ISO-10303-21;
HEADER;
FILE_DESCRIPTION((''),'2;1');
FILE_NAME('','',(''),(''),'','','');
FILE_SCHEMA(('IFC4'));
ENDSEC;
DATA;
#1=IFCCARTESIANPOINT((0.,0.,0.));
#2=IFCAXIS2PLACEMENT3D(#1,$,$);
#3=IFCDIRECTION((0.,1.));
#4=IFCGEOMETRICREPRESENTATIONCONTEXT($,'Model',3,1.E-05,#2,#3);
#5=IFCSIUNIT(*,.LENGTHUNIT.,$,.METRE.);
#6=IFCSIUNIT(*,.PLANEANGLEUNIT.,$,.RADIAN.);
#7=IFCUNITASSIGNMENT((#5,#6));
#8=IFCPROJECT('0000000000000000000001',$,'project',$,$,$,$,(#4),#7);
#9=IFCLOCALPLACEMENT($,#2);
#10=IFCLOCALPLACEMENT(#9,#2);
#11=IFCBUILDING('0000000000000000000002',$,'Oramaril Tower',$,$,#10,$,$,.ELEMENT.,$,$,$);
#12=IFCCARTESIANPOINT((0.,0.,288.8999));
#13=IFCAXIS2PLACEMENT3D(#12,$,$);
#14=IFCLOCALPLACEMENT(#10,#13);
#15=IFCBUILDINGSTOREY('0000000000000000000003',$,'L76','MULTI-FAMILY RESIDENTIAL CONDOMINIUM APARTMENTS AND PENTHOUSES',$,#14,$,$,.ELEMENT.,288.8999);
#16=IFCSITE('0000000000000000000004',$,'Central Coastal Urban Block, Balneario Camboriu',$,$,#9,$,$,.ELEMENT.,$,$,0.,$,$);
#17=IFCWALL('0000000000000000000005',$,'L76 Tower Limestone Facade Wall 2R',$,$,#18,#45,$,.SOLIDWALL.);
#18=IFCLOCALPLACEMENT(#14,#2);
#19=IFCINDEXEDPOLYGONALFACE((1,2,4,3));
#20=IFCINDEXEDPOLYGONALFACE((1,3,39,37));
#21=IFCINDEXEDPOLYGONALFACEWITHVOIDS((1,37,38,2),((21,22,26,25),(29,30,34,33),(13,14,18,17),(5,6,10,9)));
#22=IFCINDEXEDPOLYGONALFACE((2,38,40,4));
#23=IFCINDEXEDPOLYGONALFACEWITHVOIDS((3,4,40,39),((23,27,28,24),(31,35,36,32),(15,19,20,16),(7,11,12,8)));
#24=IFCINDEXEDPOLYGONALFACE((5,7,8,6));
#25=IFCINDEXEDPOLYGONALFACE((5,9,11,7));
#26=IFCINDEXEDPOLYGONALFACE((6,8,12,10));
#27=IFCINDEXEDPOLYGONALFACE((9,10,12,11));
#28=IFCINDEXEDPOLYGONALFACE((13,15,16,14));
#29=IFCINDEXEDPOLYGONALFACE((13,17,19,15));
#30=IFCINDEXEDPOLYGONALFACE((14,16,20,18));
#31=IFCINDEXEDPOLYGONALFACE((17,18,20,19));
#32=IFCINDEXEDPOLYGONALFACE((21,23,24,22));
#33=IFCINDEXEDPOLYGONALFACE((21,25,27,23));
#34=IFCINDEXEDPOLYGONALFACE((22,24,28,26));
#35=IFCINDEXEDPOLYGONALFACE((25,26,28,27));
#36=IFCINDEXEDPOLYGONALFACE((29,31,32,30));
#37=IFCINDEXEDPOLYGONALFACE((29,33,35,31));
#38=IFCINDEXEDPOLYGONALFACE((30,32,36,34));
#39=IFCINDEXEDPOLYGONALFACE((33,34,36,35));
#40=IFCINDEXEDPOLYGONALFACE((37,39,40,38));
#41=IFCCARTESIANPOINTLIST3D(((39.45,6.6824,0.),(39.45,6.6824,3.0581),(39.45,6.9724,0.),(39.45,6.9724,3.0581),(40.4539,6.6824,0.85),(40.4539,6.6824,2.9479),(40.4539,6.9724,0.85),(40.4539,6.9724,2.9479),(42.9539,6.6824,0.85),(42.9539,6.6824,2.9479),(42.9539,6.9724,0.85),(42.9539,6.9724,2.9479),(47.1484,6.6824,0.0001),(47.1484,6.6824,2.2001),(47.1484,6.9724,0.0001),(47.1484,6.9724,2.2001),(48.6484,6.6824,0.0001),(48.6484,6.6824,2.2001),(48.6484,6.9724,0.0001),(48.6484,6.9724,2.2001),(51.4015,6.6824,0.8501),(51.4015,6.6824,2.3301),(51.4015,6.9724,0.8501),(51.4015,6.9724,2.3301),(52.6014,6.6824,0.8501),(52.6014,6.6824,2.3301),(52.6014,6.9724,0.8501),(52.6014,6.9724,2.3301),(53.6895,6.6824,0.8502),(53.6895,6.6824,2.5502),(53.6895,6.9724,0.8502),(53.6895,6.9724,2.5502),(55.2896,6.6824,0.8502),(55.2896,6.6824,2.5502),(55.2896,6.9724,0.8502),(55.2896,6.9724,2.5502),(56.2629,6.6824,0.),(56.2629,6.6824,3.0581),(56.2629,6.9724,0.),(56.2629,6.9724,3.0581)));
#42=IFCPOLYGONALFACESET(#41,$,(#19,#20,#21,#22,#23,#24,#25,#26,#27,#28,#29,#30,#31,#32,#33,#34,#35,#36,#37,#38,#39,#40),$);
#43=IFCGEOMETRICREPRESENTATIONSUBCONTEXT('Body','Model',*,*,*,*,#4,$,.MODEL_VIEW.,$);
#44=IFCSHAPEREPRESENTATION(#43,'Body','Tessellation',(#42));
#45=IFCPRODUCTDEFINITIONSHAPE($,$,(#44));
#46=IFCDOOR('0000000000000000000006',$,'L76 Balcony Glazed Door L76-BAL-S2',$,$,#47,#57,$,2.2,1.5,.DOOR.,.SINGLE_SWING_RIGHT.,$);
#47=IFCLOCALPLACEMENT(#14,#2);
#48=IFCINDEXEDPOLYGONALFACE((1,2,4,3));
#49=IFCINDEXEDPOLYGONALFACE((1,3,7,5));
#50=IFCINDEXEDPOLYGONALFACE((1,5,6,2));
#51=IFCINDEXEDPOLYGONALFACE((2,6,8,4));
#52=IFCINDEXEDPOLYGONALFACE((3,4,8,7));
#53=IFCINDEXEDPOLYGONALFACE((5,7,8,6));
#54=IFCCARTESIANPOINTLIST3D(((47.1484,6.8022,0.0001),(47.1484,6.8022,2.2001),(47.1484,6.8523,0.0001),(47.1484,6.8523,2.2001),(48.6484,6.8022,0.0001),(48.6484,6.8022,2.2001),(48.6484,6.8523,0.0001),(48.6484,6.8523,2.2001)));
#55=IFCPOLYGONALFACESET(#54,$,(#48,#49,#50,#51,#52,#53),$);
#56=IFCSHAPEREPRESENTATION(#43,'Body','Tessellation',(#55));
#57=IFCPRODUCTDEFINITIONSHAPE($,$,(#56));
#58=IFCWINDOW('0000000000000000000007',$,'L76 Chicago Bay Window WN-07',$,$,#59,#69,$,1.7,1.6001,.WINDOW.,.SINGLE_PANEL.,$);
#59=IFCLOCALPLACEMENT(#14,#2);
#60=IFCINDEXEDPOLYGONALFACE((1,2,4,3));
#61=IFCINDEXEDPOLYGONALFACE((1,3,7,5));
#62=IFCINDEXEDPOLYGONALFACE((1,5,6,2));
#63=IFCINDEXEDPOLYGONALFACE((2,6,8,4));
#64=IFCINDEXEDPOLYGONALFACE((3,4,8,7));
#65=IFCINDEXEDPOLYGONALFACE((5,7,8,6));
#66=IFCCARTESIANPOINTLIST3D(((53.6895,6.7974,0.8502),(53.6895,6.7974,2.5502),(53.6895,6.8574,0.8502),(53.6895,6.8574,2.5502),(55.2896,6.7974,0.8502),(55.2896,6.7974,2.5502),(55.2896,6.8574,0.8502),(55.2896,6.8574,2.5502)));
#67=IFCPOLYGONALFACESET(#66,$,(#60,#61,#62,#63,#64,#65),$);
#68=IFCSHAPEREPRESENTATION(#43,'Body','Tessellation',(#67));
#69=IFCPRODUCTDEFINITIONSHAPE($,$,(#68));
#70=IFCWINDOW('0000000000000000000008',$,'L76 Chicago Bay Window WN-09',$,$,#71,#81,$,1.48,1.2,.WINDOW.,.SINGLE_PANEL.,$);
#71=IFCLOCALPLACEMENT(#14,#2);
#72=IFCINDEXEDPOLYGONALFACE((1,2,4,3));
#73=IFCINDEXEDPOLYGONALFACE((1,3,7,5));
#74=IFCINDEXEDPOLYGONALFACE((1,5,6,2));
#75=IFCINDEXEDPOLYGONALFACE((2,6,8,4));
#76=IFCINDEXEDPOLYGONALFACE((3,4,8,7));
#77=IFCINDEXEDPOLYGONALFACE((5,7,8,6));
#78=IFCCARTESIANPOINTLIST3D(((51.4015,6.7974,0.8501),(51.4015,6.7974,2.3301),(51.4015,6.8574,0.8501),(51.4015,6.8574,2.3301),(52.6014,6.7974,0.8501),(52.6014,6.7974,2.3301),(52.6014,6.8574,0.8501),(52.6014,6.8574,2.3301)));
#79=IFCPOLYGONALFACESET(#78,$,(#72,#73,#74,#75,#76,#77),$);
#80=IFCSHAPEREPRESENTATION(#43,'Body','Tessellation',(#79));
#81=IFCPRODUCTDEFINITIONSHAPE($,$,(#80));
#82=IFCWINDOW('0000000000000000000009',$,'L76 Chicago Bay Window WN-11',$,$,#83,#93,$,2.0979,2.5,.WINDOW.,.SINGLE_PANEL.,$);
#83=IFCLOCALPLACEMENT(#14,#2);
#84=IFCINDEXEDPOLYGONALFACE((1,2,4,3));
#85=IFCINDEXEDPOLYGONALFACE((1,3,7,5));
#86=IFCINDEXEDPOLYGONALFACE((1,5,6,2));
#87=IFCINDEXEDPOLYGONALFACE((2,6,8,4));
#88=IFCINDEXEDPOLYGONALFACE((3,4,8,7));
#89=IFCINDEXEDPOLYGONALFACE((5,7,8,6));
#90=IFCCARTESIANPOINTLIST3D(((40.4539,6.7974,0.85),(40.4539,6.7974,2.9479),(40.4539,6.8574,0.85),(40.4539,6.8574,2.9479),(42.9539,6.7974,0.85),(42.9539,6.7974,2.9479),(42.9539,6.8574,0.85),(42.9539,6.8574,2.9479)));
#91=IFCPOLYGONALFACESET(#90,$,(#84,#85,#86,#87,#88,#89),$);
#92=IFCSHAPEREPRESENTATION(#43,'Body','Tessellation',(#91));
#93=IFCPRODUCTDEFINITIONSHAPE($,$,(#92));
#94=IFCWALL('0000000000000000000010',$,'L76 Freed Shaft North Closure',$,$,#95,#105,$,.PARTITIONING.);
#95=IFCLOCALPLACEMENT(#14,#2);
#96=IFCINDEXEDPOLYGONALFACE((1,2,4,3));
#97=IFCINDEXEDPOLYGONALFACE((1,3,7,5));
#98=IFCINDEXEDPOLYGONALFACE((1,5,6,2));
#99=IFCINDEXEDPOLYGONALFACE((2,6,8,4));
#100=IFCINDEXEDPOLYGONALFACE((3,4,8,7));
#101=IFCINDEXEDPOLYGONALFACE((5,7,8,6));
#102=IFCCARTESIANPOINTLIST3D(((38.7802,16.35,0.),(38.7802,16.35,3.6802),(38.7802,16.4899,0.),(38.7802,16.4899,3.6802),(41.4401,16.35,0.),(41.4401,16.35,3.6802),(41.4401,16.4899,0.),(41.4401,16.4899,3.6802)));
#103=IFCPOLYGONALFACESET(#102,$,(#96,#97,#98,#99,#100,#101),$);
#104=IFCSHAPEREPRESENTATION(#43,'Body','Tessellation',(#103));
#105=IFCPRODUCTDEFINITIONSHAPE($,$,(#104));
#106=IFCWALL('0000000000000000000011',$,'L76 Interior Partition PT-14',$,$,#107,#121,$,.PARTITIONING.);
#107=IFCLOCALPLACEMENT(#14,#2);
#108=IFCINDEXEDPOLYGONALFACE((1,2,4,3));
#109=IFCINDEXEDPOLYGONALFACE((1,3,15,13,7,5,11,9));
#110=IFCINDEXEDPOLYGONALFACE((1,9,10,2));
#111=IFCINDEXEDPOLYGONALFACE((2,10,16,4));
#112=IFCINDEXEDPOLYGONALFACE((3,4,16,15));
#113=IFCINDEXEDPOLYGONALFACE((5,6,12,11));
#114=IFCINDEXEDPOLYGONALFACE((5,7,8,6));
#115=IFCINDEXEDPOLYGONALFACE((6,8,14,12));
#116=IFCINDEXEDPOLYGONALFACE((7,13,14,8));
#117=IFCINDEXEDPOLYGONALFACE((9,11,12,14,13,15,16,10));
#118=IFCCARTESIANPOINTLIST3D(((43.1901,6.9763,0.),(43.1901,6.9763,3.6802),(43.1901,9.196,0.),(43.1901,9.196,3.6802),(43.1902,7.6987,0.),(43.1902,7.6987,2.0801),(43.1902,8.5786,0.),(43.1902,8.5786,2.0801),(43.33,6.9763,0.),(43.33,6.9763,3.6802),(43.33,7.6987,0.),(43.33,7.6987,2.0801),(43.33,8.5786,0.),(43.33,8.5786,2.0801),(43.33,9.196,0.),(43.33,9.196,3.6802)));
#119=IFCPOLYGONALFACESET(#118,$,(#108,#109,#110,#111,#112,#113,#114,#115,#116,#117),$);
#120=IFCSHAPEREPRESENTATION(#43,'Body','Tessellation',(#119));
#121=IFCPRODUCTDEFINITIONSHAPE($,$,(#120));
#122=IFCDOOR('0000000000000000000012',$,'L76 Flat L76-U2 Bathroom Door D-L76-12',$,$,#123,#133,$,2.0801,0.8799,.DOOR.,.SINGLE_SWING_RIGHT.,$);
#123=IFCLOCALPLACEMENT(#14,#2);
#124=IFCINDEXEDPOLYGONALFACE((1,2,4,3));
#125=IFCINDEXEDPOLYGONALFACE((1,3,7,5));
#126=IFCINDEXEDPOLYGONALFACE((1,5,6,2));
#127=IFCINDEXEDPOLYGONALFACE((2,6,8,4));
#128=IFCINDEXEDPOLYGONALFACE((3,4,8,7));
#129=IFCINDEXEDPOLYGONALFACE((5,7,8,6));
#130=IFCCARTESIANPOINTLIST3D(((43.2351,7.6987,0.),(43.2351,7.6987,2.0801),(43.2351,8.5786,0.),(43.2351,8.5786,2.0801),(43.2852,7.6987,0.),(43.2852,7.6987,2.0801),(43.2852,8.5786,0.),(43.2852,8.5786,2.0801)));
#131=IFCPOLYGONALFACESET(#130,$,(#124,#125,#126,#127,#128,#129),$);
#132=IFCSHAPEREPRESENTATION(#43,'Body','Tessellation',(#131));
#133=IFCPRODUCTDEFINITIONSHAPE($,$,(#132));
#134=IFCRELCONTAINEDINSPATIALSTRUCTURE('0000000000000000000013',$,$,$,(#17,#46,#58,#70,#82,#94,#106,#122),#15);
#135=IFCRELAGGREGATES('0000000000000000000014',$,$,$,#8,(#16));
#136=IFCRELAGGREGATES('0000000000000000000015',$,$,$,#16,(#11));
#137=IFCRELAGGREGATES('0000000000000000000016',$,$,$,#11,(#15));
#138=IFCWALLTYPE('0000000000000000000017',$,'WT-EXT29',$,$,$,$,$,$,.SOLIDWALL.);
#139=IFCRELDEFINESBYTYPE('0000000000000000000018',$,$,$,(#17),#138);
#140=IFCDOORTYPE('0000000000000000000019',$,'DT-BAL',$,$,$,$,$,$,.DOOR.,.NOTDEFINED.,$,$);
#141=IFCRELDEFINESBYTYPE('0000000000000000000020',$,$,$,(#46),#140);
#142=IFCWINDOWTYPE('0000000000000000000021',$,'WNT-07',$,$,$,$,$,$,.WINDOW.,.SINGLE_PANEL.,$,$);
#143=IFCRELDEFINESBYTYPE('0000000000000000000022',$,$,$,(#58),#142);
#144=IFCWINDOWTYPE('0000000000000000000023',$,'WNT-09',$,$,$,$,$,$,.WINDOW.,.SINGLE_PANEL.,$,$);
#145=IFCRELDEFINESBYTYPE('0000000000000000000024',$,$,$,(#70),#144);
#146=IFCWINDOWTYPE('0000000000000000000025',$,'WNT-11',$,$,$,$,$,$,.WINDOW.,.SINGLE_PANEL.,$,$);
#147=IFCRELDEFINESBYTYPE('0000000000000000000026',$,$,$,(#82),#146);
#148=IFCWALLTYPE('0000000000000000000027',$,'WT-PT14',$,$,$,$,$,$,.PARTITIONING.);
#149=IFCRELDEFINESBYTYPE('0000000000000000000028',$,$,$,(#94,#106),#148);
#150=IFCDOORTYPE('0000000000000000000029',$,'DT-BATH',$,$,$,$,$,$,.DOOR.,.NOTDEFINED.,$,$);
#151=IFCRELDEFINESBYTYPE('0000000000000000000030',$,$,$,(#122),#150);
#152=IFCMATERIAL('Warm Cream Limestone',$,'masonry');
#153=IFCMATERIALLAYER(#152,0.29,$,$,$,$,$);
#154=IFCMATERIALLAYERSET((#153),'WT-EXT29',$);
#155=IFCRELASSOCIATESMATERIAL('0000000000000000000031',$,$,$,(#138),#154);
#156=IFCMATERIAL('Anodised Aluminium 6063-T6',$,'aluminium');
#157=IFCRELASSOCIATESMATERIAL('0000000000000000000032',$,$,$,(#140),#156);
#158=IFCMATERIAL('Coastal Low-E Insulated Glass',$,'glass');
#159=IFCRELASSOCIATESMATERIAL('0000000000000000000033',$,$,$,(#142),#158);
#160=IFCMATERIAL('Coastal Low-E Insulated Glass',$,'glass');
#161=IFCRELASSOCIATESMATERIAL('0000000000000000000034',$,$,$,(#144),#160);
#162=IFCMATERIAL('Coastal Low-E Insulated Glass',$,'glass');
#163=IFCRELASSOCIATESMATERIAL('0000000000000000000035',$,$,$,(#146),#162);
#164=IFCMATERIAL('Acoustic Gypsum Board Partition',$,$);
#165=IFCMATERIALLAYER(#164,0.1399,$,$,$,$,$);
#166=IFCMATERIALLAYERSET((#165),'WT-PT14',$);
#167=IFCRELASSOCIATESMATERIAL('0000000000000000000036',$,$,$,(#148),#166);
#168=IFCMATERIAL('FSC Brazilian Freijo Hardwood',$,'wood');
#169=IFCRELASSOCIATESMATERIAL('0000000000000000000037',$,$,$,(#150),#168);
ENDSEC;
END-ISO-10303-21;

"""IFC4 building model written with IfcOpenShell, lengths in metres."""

from ifc_helpers import new_model, si_unit, direction, frame, frame_2d, origin, place, context, subcontext, project, spatial, rectangle, extrude, material, layer, layer_set, type_object, element, fill, save


model = new_model("IFC4")

# Units and contexts
model_context = context("Model", 3, precision=1e-05, world=origin(), true_north=direction((0.0, 1.0)))
body_context = subcontext(model_context, "Body", "Model", "MODEL_VIEW")
ifc_project = project(units=[si_unit("LENGTHUNIT", "METRE"), si_unit("PLANEANGLEUNIT", "RADIAN")], contexts=[model_context])

# Site, building, storey
site_placement = place(None, origin())
site = spatial("IfcSite", under=ifc_project, at=site_placement, Name="Central Coastal Urban Block, Balneario Camboriu", CompositionType="ELEMENT", RefElevation=0.0)
building_placement = place(site_placement, origin())
building = spatial("IfcBuilding", under=site, at=building_placement, Name="Oramaril Tower", CompositionType="ELEMENT")
storey_placement = place(building_placement, frame((0.0, 0.0, 288.8999)))
storey = spatial("IfcBuildingStorey", under=building, at=storey_placement, Name="L76", Description="MULTI-FAMILY RESIDENTIAL CONDOMINIUM APARTMENTS AND PENTHOUSES", CompositionType="ELEMENT", Elevation=288.8999)

# Wall, openings, door, windows
ifc_material_1 = material(Name="Warm Cream Limestone", Category="masonry")
ifc_layer_1 = layer(ifc_material_1, 0.29)
ifc_layer_set_1 = layer_set([ifc_layer_1], Name="WT-EXT29")
wall_type_1 = type_object("IfcWallType", Name="WT-EXT29", PredefinedType="SOLIDWALL", material=ifc_layer_set_1)
wall_1_placement = place(storey_placement, frame((39.45, 6.8274, 0.0), z_axis=(0.0, 0.0, 1.0), x_axis=(1.0, 0.0, 0.0)))
wall_1 = element("IfcWall", 1, at=wall_1_placement, inside=storey, type_object=wall_type_1, Name="L76 Tower Limestone Facade Wall 2R", PredefinedType="SOLIDWALL", context=body_context, shape_type="SweptSolid", body=[
    extrude(rectangle(XDim=16.813, YDim=0.29, at=frame_2d((8.4065, 0.0))), origin(), (0.0, 0.0, 1.0), 3.0581),
])
opening_1_placement = place(wall_1_placement, frame((7.6985, 0.0, 0.0)))
opening_1 = element("IfcOpeningElement", 2, at=opening_1_placement, cuts=wall_1, PredefinedType="OPENING", context=body_context, shape_type="SweptSolid", body=[
    extrude(rectangle(XDim=1.5, YDim=2.2, at=frame_2d((0.75, 1.1001))), frame((0.0, 0.145, 0.0), z_axis=(0.0, -1.0, 0.0), x_axis=(1.0, 0.0, 0.0)), (0.0, 0.0, 1.0), 0.29),
])
opening_2_placement = place(wall_1_placement, frame((1.0039, 0.0, 0.8501)))
opening_2 = element("IfcOpeningElement", 3, at=opening_2_placement, cuts=wall_1, PredefinedType="OPENING", context=body_context, shape_type="SweptSolid", body=[
    extrude(rectangle(XDim=2.5, YDim=2.0979, at=frame_2d((1.25, 1.0488))), frame((0.0, 0.145, 0.0), z_axis=(0.0, -1.0, 0.0), x_axis=(1.0, 0.0, 0.0)), (0.0, 0.0, 1.0), 0.29),
])
opening_3_placement = place(wall_1_placement, frame((11.9514, 0.0, 0.8501)))
opening_3 = element("IfcOpeningElement", 4, at=opening_3_placement, cuts=wall_1, PredefinedType="OPENING", context=body_context, shape_type="SweptSolid", body=[
    extrude(rectangle(XDim=1.2, YDim=1.48, at=frame_2d((0.6001, 0.74))), frame((0.0, 0.145, 0.0), z_axis=(0.0, -1.0, 0.0), x_axis=(1.0, 0.0, 0.0)), (0.0, 0.0, 1.0), 0.29),
])
opening_4_placement = place(wall_1_placement, frame((14.2395, 0.0, 0.8501)))
opening_4 = element("IfcOpeningElement", 5, at=opening_4_placement, cuts=wall_1, PredefinedType="OPENING", context=body_context, shape_type="SweptSolid", body=[
    extrude(rectangle(XDim=1.6001, YDim=1.7, at=frame_2d((0.8, 0.8501))), frame((0.0, 0.145, 0.0), z_axis=(0.0, -1.0, 0.0), x_axis=(1.0, 0.0, 0.0)), (0.0, 0.0, 1.0), 0.29),
])
ifc_material_2 = material(Name="Anodised Aluminium 6063-T6", Category="aluminium")
door_type_1 = type_object("IfcDoorType", Name="DT-BAL", OperationType="NOTDEFINED", PredefinedType="DOOR", material=ifc_material_2)
door_1_placement = place(opening_1_placement, origin())
door_1 = element("IfcDoor", 6, at=door_1_placement, inside=storey, type_object=door_type_1, Name="L76 Balcony Glazed Door L76-BAL-S2", OperationType="SINGLE_SWING_RIGHT", OverallHeight=2.2, OverallWidth=1.5, PredefinedType="DOOR", context=body_context, shape_type="SweptSolid", body=[
    extrude(rectangle(XDim=1.5, YDim=2.2, at=frame_2d((0.75, 1.1001))), frame((0.0, 0.0249, 0.0), z_axis=(0.0, -1.0, 0.0), x_axis=(1.0, 0.0, 0.0)), (0.0, 0.0, 1.0), 0.05),
])
fill(opening_1, door_1)
ifc_material_3 = material(Name="Coastal Low-E Insulated Glass", Category="glass")
window_type_1 = type_object("IfcWindowType", Name="WNT-07", PartitioningType="SINGLE_PANEL", PredefinedType="WINDOW", material=ifc_material_3)
window_1_placement = place(opening_4_placement, origin())
window_1 = element("IfcWindow", 7, at=window_1_placement, inside=storey, type_object=window_type_1, Name="L76 Chicago Bay Window WN-07", OverallHeight=1.7, OverallWidth=1.6001, PartitioningType="SINGLE_PANEL", PredefinedType="WINDOW", context=body_context, shape_type="SweptSolid", body=[
    extrude(rectangle(XDim=1.6001, YDim=1.7, at=frame_2d((0.8, 0.8501))), frame((0.0, 0.03, 0.0), z_axis=(0.0, -1.0, 0.0), x_axis=(1.0, 0.0, 0.0)), (0.0, 0.0, 1.0), 0.0601),
])
fill(opening_4, window_1)
ifc_material_4 = material(Name="Coastal Low-E Insulated Glass", Category="glass")
window_type_2 = type_object("IfcWindowType", Name="WNT-09", PartitioningType="SINGLE_PANEL", PredefinedType="WINDOW", material=ifc_material_4)
window_2_placement = place(opening_3_placement, origin())
window_2 = element("IfcWindow", 8, at=window_2_placement, inside=storey, type_object=window_type_2, Name="L76 Chicago Bay Window WN-09", OverallHeight=1.48, OverallWidth=1.2, PartitioningType="SINGLE_PANEL", PredefinedType="WINDOW", context=body_context, shape_type="SweptSolid", body=[
    extrude(rectangle(XDim=1.2, YDim=1.48, at=frame_2d((0.6001, 0.74))), frame((0.0, 0.03, 0.0), z_axis=(0.0, -1.0, 0.0), x_axis=(1.0, 0.0, 0.0)), (0.0, 0.0, 1.0), 0.0601),
])
fill(opening_3, window_2)
ifc_material_5 = material(Name="Coastal Low-E Insulated Glass", Category="glass")
window_type_3 = type_object("IfcWindowType", Name="WNT-11", PartitioningType="SINGLE_PANEL", PredefinedType="WINDOW", material=ifc_material_5)
window_3_placement = place(opening_2_placement, origin())
window_3 = element("IfcWindow", 9, at=window_3_placement, inside=storey, type_object=window_type_3, Name="L76 Chicago Bay Window WN-11", OverallHeight=2.0979, OverallWidth=2.5, PartitioningType="SINGLE_PANEL", PredefinedType="WINDOW", context=body_context, shape_type="SweptSolid", body=[
    extrude(rectangle(XDim=2.5, YDim=2.0979, at=frame_2d((1.25, 1.0488))), frame((0.0, 0.03, 0.0), z_axis=(0.0, -1.0, 0.0), x_axis=(1.0, 0.0, 0.0)), (0.0, 0.0, 1.0), 0.0601),
])
fill(opening_2, window_3)

# Wall
ifc_material_6 = material(Name="Acoustic Gypsum Board Partition")
ifc_layer_2 = layer(ifc_material_6, 0.1399)
ifc_layer_set_2 = layer_set([ifc_layer_2], Name="WT-PT14")
wall_type_2 = type_object("IfcWallType", Name="WT-PT14", PredefinedType="PARTITIONING", material=ifc_layer_set_2)
wall_2_placement = place(storey_placement, frame((38.78, 16.4199, 0.0), z_axis=(0.0, 0.0, 1.0), x_axis=(1.0, 0.0, 0.0)))
element("IfcWall", 10, at=wall_2_placement, inside=storey, type_object=wall_type_2, Name="L76 Freed Shaft North Closure", PredefinedType="PARTITIONING", context=body_context, shape_type="SweptSolid", body=[
    extrude(rectangle(XDim=2.6599, YDim=0.1399, at=frame_2d((1.3301, 0.0))), origin(), (0.0, 0.0, 1.0), 3.6802),
])

# Wall, opening, door
wall_3_placement = place(storey_placement, frame((43.26, 6.9763, 0.0), z_axis=(0.0, 0.0, 1.0), x_axis=(0.0, 1.0, 0.0)))
wall_3 = element("IfcWall", 11, at=wall_3_placement, inside=storey, type_object=wall_type_2, Name="L76 Interior Partition PT-14", PredefinedType="PARTITIONING", context=body_context, shape_type="SweptSolid", body=[
    extrude(rectangle(XDim=2.2197, YDim=0.1399, at=frame_2d((1.1099, 0.0))), origin(), (0.0, 0.0, 1.0), 3.6802),
])
opening_5_placement = place(wall_3_placement, frame((0.7224, 0.0, 0.0)))
opening_5 = element("IfcOpeningElement", 12, at=opening_5_placement, cuts=wall_3, PredefinedType="OPENING", context=body_context, shape_type="SweptSolid", body=[
    extrude(rectangle(XDim=0.8799, YDim=2.0801, at=frame_2d((0.4399, 1.04))), frame((0.0, 0.0698, 0.0), z_axis=(0.0, -1.0, 0.0), x_axis=(1.0, 0.0, 0.0)), (0.0, 0.0, 1.0), 0.1399),
])
ifc_material_7 = material(Name="FSC Brazilian Freijo Hardwood", Category="wood")
door_type_2 = type_object("IfcDoorType", Name="DT-BATH", OperationType="NOTDEFINED", PredefinedType="DOOR", material=ifc_material_7)
door_2_placement = place(opening_5_placement, origin())
door_2 = element("IfcDoor", 13, at=door_2_placement, inside=storey, type_object=door_type_2, Name="L76 Flat L76-U2 Bathroom Door D-L76-12", OperationType="SINGLE_SWING_RIGHT", OverallHeight=2.0801, OverallWidth=0.8799, PredefinedType="DOOR", context=body_context, shape_type="SweptSolid", body=[
    extrude(rectangle(XDim=0.8799, YDim=2.0801, at=frame_2d((0.4399, 1.04))), frame((0.0, 0.0249, 0.0), z_axis=(0.0, -1.0, 0.0), x_axis=(1.0, 0.0, 0.0)), (0.0, 0.0, 1.0), 0.05),
])
fill(opening_5, door_2)

save(model, "model.ifc")
